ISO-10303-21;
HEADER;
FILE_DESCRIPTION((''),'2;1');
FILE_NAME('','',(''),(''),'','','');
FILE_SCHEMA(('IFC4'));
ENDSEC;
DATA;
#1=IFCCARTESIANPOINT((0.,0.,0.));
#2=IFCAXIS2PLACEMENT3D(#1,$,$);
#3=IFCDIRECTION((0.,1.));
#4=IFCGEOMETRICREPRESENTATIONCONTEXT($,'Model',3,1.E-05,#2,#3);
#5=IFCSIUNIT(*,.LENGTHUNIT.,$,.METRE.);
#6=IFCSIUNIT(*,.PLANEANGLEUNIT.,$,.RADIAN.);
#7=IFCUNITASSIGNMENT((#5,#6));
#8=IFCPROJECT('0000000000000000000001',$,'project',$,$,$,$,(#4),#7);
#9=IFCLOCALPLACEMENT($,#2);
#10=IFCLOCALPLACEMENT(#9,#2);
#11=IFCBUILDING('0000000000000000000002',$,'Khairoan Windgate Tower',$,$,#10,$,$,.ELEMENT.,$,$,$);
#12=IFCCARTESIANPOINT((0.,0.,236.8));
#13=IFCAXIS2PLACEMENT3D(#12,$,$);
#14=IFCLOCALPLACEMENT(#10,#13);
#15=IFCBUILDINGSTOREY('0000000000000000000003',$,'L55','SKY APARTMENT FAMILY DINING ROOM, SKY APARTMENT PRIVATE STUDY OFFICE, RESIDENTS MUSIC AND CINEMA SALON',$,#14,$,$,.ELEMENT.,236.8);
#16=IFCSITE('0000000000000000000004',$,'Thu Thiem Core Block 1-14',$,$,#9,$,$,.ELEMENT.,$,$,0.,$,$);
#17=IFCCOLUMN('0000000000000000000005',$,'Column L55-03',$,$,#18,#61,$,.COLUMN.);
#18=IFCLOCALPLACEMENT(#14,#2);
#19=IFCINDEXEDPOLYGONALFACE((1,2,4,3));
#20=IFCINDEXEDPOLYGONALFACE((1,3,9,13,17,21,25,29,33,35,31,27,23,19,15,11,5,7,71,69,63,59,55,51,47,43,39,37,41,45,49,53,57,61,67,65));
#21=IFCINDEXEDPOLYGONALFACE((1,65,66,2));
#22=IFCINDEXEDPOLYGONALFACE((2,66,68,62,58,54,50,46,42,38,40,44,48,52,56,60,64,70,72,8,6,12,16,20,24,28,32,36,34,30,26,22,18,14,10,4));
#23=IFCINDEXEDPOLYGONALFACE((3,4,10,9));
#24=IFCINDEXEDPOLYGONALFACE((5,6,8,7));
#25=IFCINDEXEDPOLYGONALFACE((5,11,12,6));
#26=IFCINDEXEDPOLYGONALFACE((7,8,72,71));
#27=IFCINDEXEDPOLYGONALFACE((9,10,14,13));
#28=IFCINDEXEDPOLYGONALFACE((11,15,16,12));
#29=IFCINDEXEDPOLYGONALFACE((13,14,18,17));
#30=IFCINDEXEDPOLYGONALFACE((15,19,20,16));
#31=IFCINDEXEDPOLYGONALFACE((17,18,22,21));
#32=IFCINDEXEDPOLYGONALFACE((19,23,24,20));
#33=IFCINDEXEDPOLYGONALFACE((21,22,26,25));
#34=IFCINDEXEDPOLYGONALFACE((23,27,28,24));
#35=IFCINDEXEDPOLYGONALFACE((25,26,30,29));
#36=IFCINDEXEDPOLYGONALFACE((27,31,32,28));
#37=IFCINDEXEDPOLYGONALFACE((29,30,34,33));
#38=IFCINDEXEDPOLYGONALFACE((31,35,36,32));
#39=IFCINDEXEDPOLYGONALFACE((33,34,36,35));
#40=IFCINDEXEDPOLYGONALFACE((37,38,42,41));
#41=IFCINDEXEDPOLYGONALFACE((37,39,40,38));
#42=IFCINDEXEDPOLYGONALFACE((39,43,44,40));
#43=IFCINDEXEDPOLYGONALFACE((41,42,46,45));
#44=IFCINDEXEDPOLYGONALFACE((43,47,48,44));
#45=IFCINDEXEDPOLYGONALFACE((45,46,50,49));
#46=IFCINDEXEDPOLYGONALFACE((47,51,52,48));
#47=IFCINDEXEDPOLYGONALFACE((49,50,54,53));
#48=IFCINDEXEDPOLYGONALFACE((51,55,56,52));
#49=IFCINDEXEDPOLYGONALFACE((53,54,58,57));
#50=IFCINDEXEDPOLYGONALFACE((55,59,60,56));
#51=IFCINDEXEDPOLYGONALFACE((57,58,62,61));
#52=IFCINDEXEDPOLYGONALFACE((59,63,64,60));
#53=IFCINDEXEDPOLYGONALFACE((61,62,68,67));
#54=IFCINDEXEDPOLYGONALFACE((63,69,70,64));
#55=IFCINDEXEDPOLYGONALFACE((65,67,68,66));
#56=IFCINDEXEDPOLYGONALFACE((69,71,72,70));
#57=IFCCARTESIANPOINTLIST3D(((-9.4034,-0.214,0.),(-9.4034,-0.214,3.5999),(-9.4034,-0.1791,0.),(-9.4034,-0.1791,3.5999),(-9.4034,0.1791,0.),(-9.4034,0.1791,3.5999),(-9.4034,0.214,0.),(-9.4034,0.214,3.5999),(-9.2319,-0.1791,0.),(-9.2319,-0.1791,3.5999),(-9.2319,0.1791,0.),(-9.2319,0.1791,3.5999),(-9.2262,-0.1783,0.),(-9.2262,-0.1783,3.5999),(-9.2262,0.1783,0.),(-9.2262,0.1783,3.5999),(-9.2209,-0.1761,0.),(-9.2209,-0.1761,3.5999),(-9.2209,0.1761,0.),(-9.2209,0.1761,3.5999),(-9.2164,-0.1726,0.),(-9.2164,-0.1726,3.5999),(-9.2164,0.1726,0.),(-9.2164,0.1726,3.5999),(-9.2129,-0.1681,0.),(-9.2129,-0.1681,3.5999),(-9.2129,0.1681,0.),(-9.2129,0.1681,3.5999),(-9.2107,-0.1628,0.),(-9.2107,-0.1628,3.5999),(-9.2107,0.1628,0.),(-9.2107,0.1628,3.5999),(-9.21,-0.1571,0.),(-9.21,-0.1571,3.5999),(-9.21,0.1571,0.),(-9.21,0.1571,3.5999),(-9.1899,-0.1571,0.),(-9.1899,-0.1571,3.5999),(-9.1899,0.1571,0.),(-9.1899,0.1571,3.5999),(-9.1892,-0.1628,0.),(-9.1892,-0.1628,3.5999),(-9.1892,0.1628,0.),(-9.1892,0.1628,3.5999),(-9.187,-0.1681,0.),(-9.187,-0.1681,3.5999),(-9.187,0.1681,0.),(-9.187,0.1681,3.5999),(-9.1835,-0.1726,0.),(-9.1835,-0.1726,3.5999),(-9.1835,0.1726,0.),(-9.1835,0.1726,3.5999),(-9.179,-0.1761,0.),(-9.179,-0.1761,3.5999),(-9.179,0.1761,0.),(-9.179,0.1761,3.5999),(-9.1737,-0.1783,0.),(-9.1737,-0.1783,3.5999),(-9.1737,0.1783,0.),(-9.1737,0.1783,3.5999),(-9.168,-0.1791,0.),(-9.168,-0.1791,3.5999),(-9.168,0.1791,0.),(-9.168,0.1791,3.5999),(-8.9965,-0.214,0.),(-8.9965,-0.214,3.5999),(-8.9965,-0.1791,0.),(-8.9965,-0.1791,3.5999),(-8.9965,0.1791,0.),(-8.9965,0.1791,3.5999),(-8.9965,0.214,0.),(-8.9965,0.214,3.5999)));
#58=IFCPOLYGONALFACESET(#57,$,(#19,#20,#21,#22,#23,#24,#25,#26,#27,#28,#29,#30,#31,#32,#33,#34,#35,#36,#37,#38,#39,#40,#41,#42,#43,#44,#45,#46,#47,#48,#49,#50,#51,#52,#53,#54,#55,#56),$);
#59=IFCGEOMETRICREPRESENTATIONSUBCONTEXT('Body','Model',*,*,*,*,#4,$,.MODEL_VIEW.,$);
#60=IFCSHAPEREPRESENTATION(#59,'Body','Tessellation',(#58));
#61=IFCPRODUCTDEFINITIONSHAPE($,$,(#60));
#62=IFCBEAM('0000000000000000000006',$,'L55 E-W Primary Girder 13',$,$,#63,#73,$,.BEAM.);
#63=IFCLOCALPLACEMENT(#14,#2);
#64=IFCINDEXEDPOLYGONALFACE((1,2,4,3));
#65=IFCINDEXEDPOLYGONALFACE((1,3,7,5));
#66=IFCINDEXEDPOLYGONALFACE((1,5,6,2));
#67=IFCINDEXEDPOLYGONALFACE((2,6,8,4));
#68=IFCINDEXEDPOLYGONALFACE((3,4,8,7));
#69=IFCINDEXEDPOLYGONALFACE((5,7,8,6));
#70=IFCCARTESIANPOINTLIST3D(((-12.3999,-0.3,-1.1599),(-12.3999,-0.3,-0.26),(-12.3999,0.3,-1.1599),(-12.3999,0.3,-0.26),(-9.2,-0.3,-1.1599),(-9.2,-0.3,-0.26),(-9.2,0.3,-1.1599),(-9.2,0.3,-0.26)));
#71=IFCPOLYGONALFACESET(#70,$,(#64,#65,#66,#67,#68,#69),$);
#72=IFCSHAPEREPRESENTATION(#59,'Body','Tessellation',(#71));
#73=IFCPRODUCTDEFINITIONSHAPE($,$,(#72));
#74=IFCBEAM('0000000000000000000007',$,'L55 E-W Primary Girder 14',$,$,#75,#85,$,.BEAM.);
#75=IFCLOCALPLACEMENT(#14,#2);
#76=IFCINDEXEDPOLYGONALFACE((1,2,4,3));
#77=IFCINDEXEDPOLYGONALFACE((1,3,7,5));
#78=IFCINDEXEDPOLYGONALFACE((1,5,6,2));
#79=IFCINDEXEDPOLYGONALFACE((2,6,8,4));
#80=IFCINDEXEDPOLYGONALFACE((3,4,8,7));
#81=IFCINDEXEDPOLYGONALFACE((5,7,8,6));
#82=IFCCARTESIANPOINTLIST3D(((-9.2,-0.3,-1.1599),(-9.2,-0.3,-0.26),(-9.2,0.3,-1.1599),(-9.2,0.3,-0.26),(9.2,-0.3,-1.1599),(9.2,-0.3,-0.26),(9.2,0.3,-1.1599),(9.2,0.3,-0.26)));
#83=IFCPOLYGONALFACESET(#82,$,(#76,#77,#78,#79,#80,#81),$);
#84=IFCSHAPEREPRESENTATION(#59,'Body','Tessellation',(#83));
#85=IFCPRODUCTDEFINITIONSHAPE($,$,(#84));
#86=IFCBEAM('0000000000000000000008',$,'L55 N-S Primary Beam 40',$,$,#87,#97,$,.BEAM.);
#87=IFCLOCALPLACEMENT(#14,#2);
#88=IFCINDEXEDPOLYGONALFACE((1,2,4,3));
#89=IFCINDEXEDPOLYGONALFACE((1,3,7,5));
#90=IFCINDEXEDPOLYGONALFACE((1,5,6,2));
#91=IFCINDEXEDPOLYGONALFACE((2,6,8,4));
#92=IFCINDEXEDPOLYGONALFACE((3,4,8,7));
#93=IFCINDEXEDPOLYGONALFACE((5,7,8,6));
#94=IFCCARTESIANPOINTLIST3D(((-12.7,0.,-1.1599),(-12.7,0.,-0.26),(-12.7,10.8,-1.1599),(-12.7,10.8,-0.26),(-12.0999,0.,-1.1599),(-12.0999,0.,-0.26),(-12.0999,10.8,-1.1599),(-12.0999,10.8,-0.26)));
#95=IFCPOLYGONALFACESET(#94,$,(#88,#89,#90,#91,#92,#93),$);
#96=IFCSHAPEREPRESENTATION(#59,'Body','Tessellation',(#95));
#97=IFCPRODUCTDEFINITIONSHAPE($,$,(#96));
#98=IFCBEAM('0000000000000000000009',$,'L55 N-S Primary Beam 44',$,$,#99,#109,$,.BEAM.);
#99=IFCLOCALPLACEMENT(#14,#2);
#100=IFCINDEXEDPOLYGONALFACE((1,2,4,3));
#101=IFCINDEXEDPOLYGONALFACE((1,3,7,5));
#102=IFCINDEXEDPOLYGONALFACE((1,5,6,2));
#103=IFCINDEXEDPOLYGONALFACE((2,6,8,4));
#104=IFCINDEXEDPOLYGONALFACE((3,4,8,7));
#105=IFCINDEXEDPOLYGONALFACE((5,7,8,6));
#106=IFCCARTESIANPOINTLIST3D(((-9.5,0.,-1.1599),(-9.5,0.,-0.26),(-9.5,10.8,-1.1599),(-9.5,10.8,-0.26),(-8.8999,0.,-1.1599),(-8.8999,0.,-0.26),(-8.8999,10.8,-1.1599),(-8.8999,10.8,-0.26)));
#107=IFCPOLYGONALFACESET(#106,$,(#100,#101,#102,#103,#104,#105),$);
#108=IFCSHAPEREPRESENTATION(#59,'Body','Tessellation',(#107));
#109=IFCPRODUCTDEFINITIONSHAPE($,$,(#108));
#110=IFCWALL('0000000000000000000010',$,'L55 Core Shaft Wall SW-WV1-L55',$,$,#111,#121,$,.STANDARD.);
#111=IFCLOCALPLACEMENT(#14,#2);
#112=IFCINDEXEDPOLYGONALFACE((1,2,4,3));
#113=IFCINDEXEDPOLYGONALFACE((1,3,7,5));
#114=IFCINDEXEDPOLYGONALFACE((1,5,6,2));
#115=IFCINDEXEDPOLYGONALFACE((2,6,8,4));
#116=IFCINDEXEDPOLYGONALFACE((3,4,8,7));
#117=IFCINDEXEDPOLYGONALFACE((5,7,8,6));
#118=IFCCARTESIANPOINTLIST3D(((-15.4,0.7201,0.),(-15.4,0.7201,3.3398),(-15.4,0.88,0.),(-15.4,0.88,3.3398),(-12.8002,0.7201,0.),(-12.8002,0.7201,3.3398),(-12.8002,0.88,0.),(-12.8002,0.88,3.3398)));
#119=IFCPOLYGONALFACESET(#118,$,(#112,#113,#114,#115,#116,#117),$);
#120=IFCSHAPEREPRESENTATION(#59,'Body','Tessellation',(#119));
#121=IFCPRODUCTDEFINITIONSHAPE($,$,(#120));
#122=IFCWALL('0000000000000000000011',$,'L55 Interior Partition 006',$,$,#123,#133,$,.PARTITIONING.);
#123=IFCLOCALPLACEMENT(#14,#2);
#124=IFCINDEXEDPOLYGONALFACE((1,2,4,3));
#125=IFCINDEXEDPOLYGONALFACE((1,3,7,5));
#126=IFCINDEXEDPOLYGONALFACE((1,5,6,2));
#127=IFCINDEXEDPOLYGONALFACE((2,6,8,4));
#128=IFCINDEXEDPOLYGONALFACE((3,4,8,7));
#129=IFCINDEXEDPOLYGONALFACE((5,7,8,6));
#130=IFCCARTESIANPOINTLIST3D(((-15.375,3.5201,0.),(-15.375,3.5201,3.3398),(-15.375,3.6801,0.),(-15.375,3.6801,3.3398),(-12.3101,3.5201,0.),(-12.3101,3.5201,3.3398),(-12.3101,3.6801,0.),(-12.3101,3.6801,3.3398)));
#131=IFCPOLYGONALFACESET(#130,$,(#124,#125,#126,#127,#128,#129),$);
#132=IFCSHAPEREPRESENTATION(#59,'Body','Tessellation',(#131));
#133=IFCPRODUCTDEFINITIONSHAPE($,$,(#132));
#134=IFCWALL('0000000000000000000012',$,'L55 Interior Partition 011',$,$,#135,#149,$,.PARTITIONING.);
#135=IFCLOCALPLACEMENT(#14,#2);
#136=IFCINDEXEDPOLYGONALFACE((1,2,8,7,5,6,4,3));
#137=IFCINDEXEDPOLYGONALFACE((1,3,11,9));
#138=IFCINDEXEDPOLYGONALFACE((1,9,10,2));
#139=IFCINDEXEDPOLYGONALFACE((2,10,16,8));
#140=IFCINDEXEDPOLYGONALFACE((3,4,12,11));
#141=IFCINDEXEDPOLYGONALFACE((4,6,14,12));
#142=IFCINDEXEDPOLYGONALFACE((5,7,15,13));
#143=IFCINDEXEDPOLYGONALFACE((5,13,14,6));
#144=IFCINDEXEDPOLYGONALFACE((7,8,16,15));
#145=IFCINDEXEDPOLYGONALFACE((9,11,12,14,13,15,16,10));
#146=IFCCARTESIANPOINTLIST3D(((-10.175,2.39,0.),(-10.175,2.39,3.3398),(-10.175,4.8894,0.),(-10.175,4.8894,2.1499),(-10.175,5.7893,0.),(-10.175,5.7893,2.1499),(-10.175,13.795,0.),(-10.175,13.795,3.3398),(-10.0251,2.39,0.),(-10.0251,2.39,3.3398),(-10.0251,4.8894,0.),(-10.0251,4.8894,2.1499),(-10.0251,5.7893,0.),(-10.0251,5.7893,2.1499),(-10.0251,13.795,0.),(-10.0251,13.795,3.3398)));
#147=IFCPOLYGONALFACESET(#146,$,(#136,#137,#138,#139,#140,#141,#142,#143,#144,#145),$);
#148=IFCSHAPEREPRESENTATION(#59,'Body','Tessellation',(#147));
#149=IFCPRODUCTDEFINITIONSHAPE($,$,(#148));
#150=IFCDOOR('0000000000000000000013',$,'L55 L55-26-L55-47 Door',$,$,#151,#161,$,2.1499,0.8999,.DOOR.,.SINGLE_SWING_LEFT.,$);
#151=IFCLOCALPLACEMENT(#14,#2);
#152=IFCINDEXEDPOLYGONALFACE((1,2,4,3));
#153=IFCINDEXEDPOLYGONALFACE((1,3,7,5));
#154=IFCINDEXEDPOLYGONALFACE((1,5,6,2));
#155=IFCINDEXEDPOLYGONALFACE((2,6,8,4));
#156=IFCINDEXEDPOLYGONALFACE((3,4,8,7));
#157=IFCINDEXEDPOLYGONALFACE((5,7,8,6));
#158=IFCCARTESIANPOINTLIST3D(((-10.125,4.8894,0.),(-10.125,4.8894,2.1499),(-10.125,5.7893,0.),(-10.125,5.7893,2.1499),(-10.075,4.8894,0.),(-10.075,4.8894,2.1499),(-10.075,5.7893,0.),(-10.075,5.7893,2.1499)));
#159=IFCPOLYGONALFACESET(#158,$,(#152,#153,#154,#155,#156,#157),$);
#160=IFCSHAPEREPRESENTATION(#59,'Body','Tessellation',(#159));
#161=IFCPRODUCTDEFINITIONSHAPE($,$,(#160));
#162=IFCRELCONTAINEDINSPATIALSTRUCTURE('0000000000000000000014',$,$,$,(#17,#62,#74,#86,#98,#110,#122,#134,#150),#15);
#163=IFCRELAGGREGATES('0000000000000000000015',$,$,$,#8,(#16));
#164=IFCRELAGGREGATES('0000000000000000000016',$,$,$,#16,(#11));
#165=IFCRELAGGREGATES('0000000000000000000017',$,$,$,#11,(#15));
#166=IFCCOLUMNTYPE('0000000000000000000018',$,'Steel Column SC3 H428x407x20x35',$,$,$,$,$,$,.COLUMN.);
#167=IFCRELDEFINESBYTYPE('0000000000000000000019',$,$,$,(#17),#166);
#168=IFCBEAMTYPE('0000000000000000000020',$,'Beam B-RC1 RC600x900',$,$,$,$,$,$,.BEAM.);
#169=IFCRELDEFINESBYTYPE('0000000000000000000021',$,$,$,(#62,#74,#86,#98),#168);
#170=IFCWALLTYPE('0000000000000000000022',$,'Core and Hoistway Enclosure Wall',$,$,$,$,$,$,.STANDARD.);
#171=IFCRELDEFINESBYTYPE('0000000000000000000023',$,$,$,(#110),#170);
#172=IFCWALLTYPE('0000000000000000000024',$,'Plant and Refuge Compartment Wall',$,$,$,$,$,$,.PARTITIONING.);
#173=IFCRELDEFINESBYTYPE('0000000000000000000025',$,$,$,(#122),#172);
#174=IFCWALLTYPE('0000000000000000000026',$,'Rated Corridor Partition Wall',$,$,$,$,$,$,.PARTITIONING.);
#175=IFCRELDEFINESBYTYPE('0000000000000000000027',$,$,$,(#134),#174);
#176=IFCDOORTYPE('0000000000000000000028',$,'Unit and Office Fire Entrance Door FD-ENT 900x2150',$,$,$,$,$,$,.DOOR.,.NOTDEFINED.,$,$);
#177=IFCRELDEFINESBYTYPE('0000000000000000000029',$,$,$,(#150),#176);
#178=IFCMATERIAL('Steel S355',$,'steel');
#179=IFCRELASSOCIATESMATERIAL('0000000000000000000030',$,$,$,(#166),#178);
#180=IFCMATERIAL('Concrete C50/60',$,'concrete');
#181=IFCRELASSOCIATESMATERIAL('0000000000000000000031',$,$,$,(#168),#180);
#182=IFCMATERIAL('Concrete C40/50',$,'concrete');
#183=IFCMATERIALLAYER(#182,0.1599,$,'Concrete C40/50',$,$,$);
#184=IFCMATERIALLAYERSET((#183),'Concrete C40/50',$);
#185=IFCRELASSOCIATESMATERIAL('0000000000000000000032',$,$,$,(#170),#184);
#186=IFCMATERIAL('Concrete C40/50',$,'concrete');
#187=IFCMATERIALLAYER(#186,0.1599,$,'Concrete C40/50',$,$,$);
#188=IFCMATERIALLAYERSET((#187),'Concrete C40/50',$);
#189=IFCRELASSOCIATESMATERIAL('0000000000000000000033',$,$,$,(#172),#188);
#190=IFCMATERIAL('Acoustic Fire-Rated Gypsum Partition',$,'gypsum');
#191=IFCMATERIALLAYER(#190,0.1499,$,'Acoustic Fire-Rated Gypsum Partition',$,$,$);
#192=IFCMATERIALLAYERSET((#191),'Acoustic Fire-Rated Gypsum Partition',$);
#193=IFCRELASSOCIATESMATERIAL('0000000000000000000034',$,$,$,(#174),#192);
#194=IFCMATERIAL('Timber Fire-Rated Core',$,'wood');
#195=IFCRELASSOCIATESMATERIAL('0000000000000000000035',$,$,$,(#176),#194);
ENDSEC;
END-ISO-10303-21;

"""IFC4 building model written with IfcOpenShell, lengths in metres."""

from ifc_helpers import new_model, si_unit, direction, frame, frame_2d, origin, origin_2d, place, context, subcontext, project, spatial, rectangle, i_section, extrude, material, layer, layer_set, material_profile, profile_set, type_object, element, fill, save


model = new_model("IFC4")

# Units and contexts
model_context = context("Model", 3, precision=1e-05, world=origin(), true_north=direction((0.0, 1.0)))
body_context = subcontext(model_context, "Body", "Model", "MODEL_VIEW")
ifc_project = project(units=[si_unit("LENGTHUNIT", "METRE"), si_unit("PLANEANGLEUNIT", "RADIAN")], contexts=[model_context])

# Site, building, storey
site_placement = place(None, origin())
site = spatial("IfcSite", under=ifc_project, at=site_placement, Name="Thu Thiem Core Block 1-14", CompositionType="ELEMENT", RefElevation=0.0)
building_placement = place(site_placement, origin())
building = spatial("IfcBuilding", under=site, at=building_placement, Name="Khairoan Windgate Tower", CompositionType="ELEMENT")
storey_placement = place(building_placement, frame((0.0, 0.0, 236.8)))
storey = spatial("IfcBuildingStorey", under=building, at=storey_placement, Name="L55", Description="SKY APARTMENT FAMILY DINING ROOM, SKY APARTMENT PRIVATE STUDY OFFICE, RESIDENTS MUSIC AND CINEMA SALON", CompositionType="ELEMENT", Elevation=236.8)

# Column
ifc_material_1 = material(Name="Steel S355", Category="steel")
ifc_material_profile_1 = material_profile(ifc_material_1, i_section(OverallWidth=0.407, OverallDepth=0.428, WebThickness=0.02, FlangeThickness=0.0349, FilletRadius=0.022, at=origin_2d()))
ifc_profile_set_1 = profile_set([ifc_material_profile_1], Name="Steel S355")
column_type = type_object("IfcColumnType", Name="Steel Column SC3 H428x407x20x35", PredefinedType="COLUMN", material=ifc_profile_set_1)
column_placement = place(storey_placement, frame((-9.2, 0.0, 0.0), z_axis=(0.0, 0.0, 1.0), x_axis=(1.0, 0.0, 0.0)))
element("IfcColumn", 1, at=column_placement, inside=storey, type_object=column_type, Name="Column L55-03", PredefinedType="COLUMN", context=body_context, shape_type="SweptSolid", body=[
    extrude(i_section(OverallWidth=0.407, OverallDepth=0.428, WebThickness=0.02, FlangeThickness=0.0349, FilletRadius=0.022, at=origin_2d()), origin(), (0.0, 0.0, 1.0), 3.5999),
])

# Beams
ifc_material_2 = material(Name="Concrete C50/60", Category="concrete")
ifc_material_profile_2 = material_profile(ifc_material_2, rectangle(XDim=0.6001, YDim=0.8999, at=origin_2d()))
ifc_profile_set_2 = profile_set([ifc_material_profile_2], Name="Concrete C50/60")
beam_type = type_object("IfcBeamType", Name="Beam B-RC1 RC600x900", PredefinedType="BEAM", material=ifc_profile_set_2)
beam_1_placement = place(storey_placement, frame((-12.3999, 0.0, -0.71), z_axis=(1.0, 0.0, 0.0), x_axis=(0.0, 1.0, 0.0)))
element("IfcBeam", 2, at=beam_1_placement, inside=storey, type_object=beam_type, Name="L55 E-W Primary Girder 13", PredefinedType="BEAM", context=body_context, shape_type="SweptSolid", body=[
    extrude(rectangle(XDim=0.6001, YDim=0.8999, at=origin_2d()), origin(), (0.0, 0.0, 1.0), 3.2),
])
beam_2_placement = place(storey_placement, frame((-9.2, 0.0, -0.71), z_axis=(1.0, 0.0, 0.0), x_axis=(0.0, 1.0, 0.0)))
element("IfcBeam", 3, at=beam_2_placement, inside=storey, type_object=beam_type, Name="L55 E-W Primary Girder 14", PredefinedType="BEAM", context=body_context, shape_type="SweptSolid", body=[
    extrude(rectangle(XDim=0.6001, YDim=0.8999, at=origin_2d()), origin(), (0.0, 0.0, 1.0), 18.3999),
])
for number, where, z_axis, x_axis, name in (
    (4, (-12.3999, 0.0, -0.71), (0.0, 1.0, 0.0), (-1.0, 0.0, 0.0), "L55 N-S Primary Beam 40"),
    (5, (-9.2, 0.0, -0.71), (0.0, 1.0, 0.0), (-1.0, 0.0, 0.0), "L55 N-S Primary Beam 44"),
):
    element("IfcBeam", number, at=place(storey_placement, frame(where, z_axis=z_axis, x_axis=x_axis)), inside=storey, type_object=beam_type, Name=name, PredefinedType="BEAM", context=body_context, shape_type="SweptSolid", body=[
        extrude(rectangle(XDim=0.6001, YDim=0.8999, at=origin_2d()), origin(), (0.0, 0.0, 1.0), 10.8),
    ])

# Walls
ifc_material_3 = material(Name="Concrete C40/50", Category="concrete")
ifc_layer_1 = layer(ifc_material_3, 0.1599, Name="Concrete C40/50")
ifc_layer_set_1 = layer_set([ifc_layer_1], Name="Concrete C40/50")
wall_type_1 = type_object("IfcWallType", Name="Core and Hoistway Enclosure Wall", PredefinedType="STANDARD", material=ifc_layer_set_1)
wall_1_placement = place(storey_placement, frame((-15.3999, 0.8, 0.0), z_axis=(0.0, 0.0, 1.0), x_axis=(1.0, 0.0, 0.0)))
element("IfcWall", 6, at=wall_1_placement, inside=storey, type_object=wall_type_1, Name="L55 Core Shaft Wall SW-WV1-L55", PredefinedType="STANDARD", context=body_context, shape_type="SweptSolid", body=[
    extrude(rectangle(XDim=2.5999, YDim=0.1599, at=frame_2d((1.2998, 0.0))), origin(), (0.0, 0.0, 1.0), 3.3398),
])
ifc_material_4 = material(Name="Concrete C40/50", Category="concrete")
ifc_layer_2 = layer(ifc_material_4, 0.1599, Name="Concrete C40/50")
ifc_layer_set_2 = layer_set([ifc_layer_2], Name="Concrete C40/50")
wall_type_2 = type_object("IfcWallType", Name="Plant and Refuge Compartment Wall", PredefinedType="PARTITIONING", material=ifc_layer_set_2)
wall_2_placement = place(storey_placement, frame((-15.375, 3.6001, 0.0), z_axis=(0.0, 0.0, 1.0), x_axis=(1.0, 0.0, 0.0)))
element("IfcWall", 7, at=wall_2_placement, inside=storey, type_object=wall_type_2, Name="L55 Interior Partition 006", PredefinedType="PARTITIONING", context=body_context, shape_type="SweptSolid", body=[
    extrude(rectangle(XDim=3.0649, YDim=0.1599, at=frame_2d((1.5325, 0.0))), origin(), (0.0, 0.0, 1.0), 3.3398),
])

# Wall, opening, door
ifc_material_5 = material(Name="Acoustic Fire-Rated Gypsum Partition", Category="gypsum")
ifc_layer_3 = layer(ifc_material_5, 0.1499, Name="Acoustic Fire-Rated Gypsum Partition")
ifc_layer_set_3 = layer_set([ifc_layer_3], Name="Acoustic Fire-Rated Gypsum Partition")
wall_type_3 = type_object("IfcWallType", Name="Rated Corridor Partition Wall", PredefinedType="PARTITIONING", material=ifc_layer_set_3)
wall_3_placement = place(storey_placement, frame((-10.1001, 2.3899, 0.0), z_axis=(0.0, 0.0, 1.0), x_axis=(0.0, 1.0, 0.0)))
wall_3 = element("IfcWall", 8, at=wall_3_placement, inside=storey, type_object=wall_type_3, Name="L55 Interior Partition 011", PredefinedType="PARTITIONING", context=body_context, shape_type="SweptSolid", body=[
    extrude(rectangle(XDim=11.405, YDim=0.1499, at=frame_2d((5.7026, 0.0))), origin(), (0.0, 0.0, 1.0), 3.3398),
])
opening_1_placement = place(wall_3_placement, frame((2.4995, 0.0, 0.0)))
opening_1 = element("IfcOpeningElement", 9, at=opening_1_placement, cuts=wall_3, PredefinedType="OPENING", context=body_context, shape_type="SweptSolid", body=[
    extrude(rectangle(XDim=0.8999, YDim=2.1499, at=frame_2d((0.45, 1.075))), frame((0.0, 0.085, 0.0), z_axis=(0.0, -1.0, 0.0), x_axis=(1.0, 0.0, 0.0)), (0.0, 0.0, 1.0), 0.1699),
])
ifc_material_6 = material(Name="Timber Fire-Rated Core", Category="wood")
door_type = type_object("IfcDoorType", Name="Unit and Office Fire Entrance Door FD-ENT 900x2150", OperationType="NOTDEFINED", PredefinedType="DOOR", material=ifc_material_6)
door_1_placement = place(opening_1_placement, origin())
door_1 = element("IfcDoor", 10, at=door_1_placement, inside=storey, type_object=door_type, Name="L55 L55-26-L55-47 Door", OperationType="SINGLE_SWING_LEFT", OverallHeight=2.1499, OverallWidth=0.8999, PredefinedType="DOOR", context=body_context, shape_type="SweptSolid", body=[
    extrude(rectangle(XDim=0.8999, YDim=2.1499, at=frame_2d((0.45, 1.075))), frame((0.0, 0.0249, 0.0), z_axis=(0.0, -1.0, 0.0), x_axis=(1.0, 0.0, 0.0)), (0.0, 0.0, 1.0), 0.05),
])
fill(opening_1, door_1)

save(model, "model.ifc")
